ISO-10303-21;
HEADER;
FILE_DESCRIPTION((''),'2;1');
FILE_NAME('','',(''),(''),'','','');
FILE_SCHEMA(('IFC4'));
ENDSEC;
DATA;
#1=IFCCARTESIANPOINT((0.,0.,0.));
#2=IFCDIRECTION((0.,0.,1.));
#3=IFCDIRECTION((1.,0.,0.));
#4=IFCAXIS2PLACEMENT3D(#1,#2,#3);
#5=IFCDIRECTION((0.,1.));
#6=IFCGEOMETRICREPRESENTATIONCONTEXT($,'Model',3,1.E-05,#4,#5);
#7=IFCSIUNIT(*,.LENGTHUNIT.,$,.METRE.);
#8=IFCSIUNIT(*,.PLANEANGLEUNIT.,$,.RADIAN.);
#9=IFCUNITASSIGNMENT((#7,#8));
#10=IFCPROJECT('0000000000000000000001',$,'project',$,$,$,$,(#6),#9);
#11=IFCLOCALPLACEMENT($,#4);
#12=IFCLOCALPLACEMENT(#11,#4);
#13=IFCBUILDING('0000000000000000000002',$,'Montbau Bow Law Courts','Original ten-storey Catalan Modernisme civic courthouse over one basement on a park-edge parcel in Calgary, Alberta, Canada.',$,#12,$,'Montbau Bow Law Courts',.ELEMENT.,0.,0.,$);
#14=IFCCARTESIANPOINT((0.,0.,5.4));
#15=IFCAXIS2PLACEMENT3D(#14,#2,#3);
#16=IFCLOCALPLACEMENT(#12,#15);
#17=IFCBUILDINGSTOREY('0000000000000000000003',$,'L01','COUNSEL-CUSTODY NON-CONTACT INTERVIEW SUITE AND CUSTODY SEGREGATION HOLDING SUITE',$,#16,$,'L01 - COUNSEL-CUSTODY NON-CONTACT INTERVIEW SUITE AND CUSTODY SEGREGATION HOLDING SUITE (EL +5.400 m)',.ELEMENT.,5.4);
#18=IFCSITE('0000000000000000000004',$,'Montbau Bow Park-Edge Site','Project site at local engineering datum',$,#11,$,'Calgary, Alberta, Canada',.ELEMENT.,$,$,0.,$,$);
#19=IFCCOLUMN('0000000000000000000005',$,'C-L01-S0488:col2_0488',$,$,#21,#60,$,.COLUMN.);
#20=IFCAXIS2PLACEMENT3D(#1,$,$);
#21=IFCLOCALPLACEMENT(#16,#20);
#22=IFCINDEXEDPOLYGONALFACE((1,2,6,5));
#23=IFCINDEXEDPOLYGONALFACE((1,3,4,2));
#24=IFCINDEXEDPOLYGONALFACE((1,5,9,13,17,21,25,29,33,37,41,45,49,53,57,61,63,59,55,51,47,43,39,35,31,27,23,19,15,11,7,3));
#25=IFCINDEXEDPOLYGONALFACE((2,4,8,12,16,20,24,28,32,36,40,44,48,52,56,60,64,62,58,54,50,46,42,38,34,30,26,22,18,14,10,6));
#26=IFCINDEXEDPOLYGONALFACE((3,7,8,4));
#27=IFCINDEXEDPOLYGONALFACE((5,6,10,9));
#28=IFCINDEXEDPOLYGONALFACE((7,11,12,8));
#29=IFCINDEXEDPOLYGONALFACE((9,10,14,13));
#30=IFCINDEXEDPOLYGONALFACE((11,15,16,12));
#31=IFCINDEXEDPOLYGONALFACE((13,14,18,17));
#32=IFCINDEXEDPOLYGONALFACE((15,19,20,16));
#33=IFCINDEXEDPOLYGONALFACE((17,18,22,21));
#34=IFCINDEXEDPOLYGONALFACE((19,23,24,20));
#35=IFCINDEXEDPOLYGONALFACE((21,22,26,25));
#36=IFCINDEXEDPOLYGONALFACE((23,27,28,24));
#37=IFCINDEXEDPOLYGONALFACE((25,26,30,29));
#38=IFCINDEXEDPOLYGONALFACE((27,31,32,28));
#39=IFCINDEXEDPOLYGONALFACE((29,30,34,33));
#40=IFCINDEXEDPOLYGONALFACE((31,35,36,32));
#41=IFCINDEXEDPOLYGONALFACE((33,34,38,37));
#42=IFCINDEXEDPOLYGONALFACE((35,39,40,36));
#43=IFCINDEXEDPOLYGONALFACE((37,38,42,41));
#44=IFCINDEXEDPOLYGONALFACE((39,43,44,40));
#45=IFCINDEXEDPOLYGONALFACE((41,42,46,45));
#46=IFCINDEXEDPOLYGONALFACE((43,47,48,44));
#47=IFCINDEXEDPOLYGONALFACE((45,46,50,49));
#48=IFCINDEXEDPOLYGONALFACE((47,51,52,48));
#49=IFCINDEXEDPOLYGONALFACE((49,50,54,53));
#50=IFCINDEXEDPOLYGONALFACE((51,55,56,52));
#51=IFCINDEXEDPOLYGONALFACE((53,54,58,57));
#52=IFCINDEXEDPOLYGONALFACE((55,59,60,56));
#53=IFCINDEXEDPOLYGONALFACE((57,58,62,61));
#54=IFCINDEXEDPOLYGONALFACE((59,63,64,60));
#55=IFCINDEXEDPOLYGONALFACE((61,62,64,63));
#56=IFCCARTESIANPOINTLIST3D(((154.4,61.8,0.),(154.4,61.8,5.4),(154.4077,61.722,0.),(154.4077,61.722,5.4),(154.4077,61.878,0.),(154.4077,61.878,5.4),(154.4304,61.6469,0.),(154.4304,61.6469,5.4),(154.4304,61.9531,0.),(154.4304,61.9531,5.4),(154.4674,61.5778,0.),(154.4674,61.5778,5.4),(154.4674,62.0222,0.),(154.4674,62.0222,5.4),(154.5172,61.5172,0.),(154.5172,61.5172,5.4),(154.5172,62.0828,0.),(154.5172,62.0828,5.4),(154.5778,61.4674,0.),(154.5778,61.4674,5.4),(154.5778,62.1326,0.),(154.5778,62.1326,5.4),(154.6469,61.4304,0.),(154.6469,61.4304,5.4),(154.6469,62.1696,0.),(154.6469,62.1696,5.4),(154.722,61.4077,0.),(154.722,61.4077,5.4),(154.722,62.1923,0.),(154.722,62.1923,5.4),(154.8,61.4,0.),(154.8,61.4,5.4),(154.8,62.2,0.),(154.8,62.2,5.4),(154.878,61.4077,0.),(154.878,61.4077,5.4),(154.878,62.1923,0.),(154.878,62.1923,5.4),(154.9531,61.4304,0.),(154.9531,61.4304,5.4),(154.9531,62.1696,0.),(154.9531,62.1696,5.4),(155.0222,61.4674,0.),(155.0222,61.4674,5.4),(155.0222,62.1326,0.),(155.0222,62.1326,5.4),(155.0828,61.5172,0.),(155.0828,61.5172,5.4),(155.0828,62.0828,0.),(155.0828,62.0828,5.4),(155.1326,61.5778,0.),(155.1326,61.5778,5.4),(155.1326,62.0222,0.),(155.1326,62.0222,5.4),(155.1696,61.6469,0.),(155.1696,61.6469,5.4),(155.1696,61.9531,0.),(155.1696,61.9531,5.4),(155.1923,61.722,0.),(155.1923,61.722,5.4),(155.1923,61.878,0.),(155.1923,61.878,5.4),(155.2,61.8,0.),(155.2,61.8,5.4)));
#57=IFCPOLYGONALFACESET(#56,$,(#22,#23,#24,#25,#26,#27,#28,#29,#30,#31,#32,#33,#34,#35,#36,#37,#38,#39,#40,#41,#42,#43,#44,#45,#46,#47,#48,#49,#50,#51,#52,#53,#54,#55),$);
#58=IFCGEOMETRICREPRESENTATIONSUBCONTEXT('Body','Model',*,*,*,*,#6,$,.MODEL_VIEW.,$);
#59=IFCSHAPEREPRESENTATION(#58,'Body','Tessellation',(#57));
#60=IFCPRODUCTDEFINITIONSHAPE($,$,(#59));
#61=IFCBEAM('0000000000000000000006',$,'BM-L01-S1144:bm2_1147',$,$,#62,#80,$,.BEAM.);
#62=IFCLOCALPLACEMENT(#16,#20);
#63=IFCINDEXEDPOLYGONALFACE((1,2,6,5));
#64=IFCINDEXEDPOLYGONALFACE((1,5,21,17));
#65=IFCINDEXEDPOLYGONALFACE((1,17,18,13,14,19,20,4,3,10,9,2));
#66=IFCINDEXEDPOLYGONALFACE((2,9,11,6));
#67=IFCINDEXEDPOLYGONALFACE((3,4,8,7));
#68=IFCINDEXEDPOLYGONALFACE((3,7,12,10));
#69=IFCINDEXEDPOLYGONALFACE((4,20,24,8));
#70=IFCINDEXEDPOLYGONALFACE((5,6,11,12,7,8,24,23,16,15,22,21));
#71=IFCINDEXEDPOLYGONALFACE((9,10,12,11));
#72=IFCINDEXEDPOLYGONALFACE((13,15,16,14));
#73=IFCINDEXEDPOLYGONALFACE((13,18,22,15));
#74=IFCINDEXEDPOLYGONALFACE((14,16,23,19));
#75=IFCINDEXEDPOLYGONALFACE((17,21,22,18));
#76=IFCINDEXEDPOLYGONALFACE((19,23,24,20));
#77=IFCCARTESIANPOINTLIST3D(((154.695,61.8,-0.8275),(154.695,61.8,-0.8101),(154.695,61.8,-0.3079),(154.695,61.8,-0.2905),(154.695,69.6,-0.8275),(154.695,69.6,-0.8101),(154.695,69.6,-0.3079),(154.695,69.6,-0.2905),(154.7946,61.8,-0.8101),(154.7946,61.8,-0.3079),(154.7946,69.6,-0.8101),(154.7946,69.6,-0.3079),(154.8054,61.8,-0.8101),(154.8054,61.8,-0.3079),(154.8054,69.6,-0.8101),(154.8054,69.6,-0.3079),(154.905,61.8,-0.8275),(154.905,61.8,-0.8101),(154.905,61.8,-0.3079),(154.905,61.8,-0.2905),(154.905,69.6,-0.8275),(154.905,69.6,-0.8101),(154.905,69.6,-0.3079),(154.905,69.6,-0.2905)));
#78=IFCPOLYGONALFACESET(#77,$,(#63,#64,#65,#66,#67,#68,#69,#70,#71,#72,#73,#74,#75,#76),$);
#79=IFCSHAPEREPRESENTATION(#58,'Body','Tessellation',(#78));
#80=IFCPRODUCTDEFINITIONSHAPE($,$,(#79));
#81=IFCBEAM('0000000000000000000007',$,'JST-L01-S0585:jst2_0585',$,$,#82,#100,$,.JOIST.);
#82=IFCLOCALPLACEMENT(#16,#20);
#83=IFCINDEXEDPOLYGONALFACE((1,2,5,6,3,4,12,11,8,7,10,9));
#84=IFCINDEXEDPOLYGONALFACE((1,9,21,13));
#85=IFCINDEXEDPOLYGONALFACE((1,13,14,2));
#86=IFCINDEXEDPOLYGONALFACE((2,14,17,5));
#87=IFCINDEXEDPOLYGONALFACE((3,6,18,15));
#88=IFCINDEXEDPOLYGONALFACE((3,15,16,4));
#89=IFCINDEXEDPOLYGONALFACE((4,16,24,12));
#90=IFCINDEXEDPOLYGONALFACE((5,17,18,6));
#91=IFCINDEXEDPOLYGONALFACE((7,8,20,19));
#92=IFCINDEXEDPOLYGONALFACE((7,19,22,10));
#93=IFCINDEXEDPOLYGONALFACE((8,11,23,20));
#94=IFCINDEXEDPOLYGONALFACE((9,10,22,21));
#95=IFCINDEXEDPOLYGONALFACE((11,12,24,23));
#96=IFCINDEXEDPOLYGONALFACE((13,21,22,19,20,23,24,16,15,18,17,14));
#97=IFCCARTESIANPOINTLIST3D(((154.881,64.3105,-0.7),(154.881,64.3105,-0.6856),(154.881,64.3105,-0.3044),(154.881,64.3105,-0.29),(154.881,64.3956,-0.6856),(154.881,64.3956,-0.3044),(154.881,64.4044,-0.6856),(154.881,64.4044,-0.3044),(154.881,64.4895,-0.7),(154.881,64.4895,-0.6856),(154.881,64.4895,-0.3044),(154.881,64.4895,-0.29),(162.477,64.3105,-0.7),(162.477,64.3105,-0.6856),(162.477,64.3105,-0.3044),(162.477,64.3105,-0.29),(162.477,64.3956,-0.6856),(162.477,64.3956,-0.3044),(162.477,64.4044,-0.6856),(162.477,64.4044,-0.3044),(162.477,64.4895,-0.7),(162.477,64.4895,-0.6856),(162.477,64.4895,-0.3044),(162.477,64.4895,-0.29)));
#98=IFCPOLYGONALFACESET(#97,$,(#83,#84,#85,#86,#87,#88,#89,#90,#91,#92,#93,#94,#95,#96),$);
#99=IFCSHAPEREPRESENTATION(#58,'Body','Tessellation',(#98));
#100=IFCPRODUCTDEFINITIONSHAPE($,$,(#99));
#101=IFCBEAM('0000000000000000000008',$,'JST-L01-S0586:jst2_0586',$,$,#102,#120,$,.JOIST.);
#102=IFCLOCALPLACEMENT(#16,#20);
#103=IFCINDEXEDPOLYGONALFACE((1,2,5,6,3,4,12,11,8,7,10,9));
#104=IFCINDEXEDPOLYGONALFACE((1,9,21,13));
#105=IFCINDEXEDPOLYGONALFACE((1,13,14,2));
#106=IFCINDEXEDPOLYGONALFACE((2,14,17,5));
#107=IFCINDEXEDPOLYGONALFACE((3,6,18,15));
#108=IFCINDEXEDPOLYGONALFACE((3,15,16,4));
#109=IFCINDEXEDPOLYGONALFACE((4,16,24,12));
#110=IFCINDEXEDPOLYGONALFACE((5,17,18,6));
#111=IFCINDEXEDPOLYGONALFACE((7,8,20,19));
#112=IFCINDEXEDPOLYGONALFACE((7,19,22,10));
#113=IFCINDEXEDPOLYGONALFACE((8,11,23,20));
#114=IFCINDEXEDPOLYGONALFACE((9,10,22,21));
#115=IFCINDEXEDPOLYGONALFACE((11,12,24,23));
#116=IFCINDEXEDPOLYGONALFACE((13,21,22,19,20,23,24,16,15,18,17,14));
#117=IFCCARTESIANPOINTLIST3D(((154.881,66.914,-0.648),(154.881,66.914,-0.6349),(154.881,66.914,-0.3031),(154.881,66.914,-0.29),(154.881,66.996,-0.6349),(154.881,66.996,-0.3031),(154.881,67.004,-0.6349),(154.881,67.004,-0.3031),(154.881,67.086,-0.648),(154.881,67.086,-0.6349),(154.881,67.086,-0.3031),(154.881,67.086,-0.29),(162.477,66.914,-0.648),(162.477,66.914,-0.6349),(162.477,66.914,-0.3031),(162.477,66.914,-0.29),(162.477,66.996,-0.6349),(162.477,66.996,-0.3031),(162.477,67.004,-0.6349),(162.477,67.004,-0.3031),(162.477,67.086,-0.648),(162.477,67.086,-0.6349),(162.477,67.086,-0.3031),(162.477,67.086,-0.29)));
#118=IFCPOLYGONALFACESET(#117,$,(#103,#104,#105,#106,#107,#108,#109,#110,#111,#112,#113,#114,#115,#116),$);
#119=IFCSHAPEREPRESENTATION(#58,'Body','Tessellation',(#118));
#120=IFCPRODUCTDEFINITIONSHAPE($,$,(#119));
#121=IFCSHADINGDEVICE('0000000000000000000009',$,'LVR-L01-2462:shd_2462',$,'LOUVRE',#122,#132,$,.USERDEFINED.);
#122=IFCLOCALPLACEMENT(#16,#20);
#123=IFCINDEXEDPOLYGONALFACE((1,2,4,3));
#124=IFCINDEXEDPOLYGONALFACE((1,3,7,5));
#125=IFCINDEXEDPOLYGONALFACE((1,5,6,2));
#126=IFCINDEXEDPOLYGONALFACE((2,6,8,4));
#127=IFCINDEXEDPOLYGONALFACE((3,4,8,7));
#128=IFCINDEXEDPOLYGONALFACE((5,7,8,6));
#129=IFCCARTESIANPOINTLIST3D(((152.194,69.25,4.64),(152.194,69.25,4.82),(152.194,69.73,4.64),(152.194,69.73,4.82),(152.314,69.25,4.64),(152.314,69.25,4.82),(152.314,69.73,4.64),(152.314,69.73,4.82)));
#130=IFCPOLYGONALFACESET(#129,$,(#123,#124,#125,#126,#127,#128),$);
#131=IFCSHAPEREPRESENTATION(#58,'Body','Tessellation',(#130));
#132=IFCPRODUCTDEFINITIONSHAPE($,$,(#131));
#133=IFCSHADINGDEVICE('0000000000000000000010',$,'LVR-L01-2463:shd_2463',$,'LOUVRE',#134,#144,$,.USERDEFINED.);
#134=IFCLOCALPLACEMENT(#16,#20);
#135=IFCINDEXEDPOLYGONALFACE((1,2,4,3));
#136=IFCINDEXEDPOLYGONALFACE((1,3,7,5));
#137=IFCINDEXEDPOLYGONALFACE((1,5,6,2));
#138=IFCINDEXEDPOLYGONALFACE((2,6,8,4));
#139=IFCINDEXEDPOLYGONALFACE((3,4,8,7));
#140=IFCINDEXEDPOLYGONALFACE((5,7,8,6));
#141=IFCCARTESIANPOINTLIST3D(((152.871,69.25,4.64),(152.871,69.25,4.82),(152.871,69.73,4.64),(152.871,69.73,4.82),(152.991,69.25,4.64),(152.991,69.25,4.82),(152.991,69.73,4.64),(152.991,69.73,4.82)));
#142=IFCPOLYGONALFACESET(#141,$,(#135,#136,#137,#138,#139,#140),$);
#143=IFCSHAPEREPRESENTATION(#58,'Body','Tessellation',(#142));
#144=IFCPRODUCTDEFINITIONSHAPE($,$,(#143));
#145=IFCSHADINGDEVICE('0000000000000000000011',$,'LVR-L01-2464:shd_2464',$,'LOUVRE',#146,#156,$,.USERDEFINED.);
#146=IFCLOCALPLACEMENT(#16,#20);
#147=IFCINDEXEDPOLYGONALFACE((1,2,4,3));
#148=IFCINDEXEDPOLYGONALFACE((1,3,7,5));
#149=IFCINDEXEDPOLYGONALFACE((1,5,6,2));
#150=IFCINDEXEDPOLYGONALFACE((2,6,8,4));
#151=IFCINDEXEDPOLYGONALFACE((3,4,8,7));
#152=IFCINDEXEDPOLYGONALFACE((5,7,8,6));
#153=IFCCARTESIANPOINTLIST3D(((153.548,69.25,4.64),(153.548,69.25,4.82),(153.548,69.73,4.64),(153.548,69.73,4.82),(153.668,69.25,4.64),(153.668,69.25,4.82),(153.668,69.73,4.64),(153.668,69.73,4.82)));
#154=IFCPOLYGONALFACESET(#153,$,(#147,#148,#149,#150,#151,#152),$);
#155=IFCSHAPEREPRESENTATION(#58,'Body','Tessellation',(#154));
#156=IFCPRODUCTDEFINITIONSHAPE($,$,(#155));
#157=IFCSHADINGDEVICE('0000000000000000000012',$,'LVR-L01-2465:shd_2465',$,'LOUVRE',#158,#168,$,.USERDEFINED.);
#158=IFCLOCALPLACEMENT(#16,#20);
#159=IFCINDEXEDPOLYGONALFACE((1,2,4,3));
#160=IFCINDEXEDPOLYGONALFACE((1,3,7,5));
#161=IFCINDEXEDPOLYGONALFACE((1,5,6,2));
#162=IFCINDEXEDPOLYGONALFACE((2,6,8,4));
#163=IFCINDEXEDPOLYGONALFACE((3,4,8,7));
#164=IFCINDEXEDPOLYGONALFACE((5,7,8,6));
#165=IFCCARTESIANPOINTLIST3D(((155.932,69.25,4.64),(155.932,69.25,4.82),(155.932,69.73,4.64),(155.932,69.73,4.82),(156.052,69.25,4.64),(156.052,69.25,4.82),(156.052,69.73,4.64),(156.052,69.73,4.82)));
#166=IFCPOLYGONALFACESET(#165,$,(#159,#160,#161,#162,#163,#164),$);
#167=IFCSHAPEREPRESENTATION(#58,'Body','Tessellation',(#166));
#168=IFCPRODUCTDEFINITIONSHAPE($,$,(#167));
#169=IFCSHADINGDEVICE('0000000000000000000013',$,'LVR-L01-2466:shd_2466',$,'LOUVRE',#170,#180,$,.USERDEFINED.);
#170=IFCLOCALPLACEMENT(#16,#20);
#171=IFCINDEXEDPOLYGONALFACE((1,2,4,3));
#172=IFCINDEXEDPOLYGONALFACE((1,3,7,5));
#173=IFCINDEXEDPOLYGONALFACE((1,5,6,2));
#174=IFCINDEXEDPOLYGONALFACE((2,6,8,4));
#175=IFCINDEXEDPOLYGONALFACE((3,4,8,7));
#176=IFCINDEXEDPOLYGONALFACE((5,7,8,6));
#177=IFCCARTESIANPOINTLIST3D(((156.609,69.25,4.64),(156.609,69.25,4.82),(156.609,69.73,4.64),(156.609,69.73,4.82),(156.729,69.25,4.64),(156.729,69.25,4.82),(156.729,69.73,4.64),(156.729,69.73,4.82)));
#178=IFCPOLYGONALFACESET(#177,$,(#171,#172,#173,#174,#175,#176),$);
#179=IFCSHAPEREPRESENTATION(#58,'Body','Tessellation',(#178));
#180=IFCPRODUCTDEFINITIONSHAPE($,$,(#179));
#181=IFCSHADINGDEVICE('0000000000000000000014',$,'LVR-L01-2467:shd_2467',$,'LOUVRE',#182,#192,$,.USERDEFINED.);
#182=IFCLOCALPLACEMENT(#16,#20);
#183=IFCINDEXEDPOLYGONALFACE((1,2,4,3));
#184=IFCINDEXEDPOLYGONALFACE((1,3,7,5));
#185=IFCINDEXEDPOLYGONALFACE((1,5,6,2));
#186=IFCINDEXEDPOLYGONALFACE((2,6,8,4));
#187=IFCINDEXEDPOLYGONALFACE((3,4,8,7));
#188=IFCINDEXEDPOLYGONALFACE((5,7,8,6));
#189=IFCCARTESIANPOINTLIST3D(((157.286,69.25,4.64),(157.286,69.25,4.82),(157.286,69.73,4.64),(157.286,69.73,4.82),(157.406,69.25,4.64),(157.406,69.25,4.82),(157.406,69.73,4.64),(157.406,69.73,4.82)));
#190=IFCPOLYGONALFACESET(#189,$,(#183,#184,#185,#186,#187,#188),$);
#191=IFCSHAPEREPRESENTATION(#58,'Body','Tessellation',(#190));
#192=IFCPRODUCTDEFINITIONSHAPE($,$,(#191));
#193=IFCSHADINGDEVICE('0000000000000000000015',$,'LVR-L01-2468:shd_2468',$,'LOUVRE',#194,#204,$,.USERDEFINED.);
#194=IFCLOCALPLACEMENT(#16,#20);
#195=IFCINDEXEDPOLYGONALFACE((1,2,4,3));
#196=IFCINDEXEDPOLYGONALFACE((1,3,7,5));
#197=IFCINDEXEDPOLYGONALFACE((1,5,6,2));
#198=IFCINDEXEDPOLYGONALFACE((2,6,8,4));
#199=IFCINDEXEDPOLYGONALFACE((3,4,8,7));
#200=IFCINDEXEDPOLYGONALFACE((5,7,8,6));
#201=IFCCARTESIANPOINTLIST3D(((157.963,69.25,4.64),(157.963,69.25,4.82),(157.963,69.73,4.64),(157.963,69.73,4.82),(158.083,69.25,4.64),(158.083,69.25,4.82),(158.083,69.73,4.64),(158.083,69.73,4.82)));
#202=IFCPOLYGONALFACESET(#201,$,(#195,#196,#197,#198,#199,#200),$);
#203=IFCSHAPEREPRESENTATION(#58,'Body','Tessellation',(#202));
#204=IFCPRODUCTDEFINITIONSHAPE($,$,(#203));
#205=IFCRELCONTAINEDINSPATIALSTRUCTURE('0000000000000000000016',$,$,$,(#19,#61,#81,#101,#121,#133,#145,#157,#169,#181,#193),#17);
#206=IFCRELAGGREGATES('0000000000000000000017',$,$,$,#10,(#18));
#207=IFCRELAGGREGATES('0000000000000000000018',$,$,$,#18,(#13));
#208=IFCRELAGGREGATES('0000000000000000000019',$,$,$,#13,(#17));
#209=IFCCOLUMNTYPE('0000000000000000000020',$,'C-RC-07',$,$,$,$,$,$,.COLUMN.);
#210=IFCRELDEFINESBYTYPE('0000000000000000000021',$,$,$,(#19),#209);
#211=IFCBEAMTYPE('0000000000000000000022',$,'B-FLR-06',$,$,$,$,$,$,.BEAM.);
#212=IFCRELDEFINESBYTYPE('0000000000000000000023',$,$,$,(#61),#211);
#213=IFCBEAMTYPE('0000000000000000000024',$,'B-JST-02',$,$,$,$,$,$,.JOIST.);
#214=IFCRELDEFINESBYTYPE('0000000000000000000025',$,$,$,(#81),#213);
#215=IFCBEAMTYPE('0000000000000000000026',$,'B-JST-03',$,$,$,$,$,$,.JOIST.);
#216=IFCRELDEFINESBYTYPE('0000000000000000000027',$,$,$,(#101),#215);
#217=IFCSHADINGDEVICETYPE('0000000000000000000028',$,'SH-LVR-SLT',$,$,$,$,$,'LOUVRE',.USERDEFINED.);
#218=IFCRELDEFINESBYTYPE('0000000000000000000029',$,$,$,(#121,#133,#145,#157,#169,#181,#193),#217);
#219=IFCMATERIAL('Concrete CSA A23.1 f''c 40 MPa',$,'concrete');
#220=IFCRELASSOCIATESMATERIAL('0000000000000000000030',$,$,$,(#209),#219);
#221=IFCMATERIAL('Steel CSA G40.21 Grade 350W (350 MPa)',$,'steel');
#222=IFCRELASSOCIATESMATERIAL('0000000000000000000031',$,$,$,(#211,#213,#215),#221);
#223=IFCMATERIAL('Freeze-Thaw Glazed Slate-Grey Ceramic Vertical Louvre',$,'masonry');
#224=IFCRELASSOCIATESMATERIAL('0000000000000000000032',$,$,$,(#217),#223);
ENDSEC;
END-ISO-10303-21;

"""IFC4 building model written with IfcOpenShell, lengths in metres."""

from ifc_helpers import new_model, si_unit, direction, frame, origin_with_axes, origin_2d_with_axis, place, context, subcontext, project, spatial, rectangle, circle, i_section, extrude, material, material_profile, profile_set, type_object, element, save


model = new_model("IFC4")

# Units and contexts
model_context = context("Model", 3, precision=1e-05, world=origin_with_axes(), true_north=direction((0.0, 1.0)))
body_context = subcontext(model_context, "Body", "Model", "MODEL_VIEW")
ifc_project = project(units=[si_unit("LENGTHUNIT", "METRE"), si_unit("PLANEANGLEUNIT", "RADIAN")], contexts=[model_context])

# Site, building, storey
site_placement = place(None, origin_with_axes())
site = spatial("IfcSite", under=ifc_project, at=site_placement, Name="Montbau Bow Park-Edge Site", Description="Project site at local engineering datum", LongName="Calgary, Alberta, Canada", CompositionType="ELEMENT", RefElevation=0.0)
building_placement = place(site_placement, origin_with_axes())
building = spatial("IfcBuilding", under=site, at=building_placement, Name="Montbau Bow Law Courts", Description="Original ten-storey Catalan Modernisme civic courthouse over one basement on a park-edge parcel in Calgary, Alberta, Canada.", LongName="Montbau Bow Law Courts", CompositionType="ELEMENT", ElevationOfRefHeight=0.0, ElevationOfTerrain=0.0)
storey_placement = place(building_placement, frame((0.0, 0.0, 5.4), z_axis=(0.0, 0.0, 1.0), x_axis=(1.0, 0.0, 0.0)))
storey = spatial("IfcBuildingStorey", under=building, at=storey_placement, Name="L01", Description="COUNSEL-CUSTODY NON-CONTACT INTERVIEW SUITE AND CUSTODY SEGREGATION HOLDING SUITE", LongName="L01 - COUNSEL-CUSTODY NON-CONTACT INTERVIEW SUITE AND CUSTODY SEGREGATION HOLDING SUITE (EL +5.400 m)", CompositionType="ELEMENT", Elevation=5.4)

# Column
ifc_material_1 = material(Name="Concrete CSA A23.1 f'c 40 MPa", Category="concrete")
ifc_material_profile_1 = material_profile(ifc_material_1, circle(Radius=0.4, at=origin_2d_with_axis()), Name="RC800D", Category="Main", Priority=0)
ifc_profile_set_1 = profile_set([ifc_material_profile_1], Name="Concrete CSA A23.1 f'c 40 MPa")
column_type = type_object("IfcColumnType", Name="C-RC-07", PredefinedType="COLUMN", material=ifc_profile_set_1)
column_placement = place(None, frame((154.8, 61.8, 5.4), z_axis=(0.0, 0.0, 1.0), x_axis=(1.0, 0.0, 0.0)))
element("IfcColumn", 1, at=column_placement, inside=storey, type_object=column_type, Name="C-L01-S0488:col2_0488", PredefinedType="COLUMN", context=body_context, shape_type="SweptSolid", body=[
    extrude(circle(Radius=0.4, at=origin_2d_with_axis()), origin_with_axes(), (0.0, 0.0, 1.0), 5.4),
])

# Beams
ifc_material_2 = material(Name="Steel CSA G40.21 Grade 350W (350 MPa)", Category="steel")
ifc_material_profile_2 = material_profile(ifc_material_2, i_section(OverallWidth=0.21, OverallDepth=0.537, WebThickness=0.0109, FlangeThickness=0.0174, at=origin_2d_with_axis()), Name="W530X101", Category="Main", Priority=0)
ifc_profile_set_2 = profile_set([ifc_material_profile_2], Name="Steel CSA G40.21 Grade 350W (350 MPa)")
beam_type_1 = type_object("IfcBeamType", Name="B-FLR-06", PredefinedType="BEAM", material=ifc_profile_set_2)
beam_1_placement = place(None, frame((154.8, 61.8, 4.841), z_axis=(0.0, 1.0, 0.0), x_axis=(-1.0, 0.0, 0.0)))
element("IfcBeam", 2, at=beam_1_placement, inside=storey, type_object=beam_type_1, Name="BM-L01-S1144:bm2_1147", PredefinedType="BEAM", context=body_context, shape_type="SweptSolid", body=[
    extrude(i_section(OverallWidth=0.21, OverallDepth=0.537, WebThickness=0.0109, FlangeThickness=0.0174, at=origin_2d_with_axis()), origin_with_axes(), (0.0, 0.0, 1.0), 7.8),
])
ifc_material_profile_3 = material_profile(ifc_material_2, i_section(OverallWidth=0.179, OverallDepth=0.41, WebThickness=0.0088, FlangeThickness=0.0144, at=origin_2d_with_axis()), Name="W410X67", Category="Main", Priority=0)
ifc_profile_set_3 = profile_set([ifc_material_profile_3], Name="Steel CSA G40.21 Grade 350W (350 MPa)")
beam_type_2 = type_object("IfcBeamType", Name="B-JST-02", PredefinedType="JOIST", material=ifc_profile_set_3)
beam_2_placement = place(None, frame((154.881, 64.4, 4.905), z_axis=(1.0, 0.0, 0.0), x_axis=(0.0, 1.0, 0.0)))
element("IfcBeam", 3, at=beam_2_placement, inside=storey, type_object=beam_type_2, Name="JST-L01-S0585:jst2_0585", PredefinedType="JOIST", context=body_context, shape_type="SweptSolid", body=[
    extrude(i_section(OverallWidth=0.179, OverallDepth=0.41, WebThickness=0.0088, FlangeThickness=0.0144, at=origin_2d_with_axis()), origin_with_axes(), (0.0, 0.0, 1.0), 7.596),
])
ifc_material_profile_4 = material_profile(ifc_material_2, i_section(OverallWidth=0.172, OverallDepth=0.358, WebThickness=0.0079, FlangeThickness=0.0131, at=origin_2d_with_axis()), Name="W360X57", Category="Main", Priority=0)
ifc_profile_set_4 = profile_set([ifc_material_profile_4], Name="Steel CSA G40.21 Grade 350W (350 MPa)")
beam_type_3 = type_object("IfcBeamType", Name="B-JST-03", PredefinedType="JOIST", material=ifc_profile_set_4)
beam_3_placement = place(None, frame((154.881, 67.0, 4.931), z_axis=(1.0, 0.0, 0.0), x_axis=(0.0, 1.0, 0.0)))
element("IfcBeam", 4, at=beam_3_placement, inside=storey, type_object=beam_type_3, Name="JST-L01-S0586:jst2_0586", PredefinedType="JOIST", context=body_context, shape_type="SweptSolid", body=[
    extrude(i_section(OverallWidth=0.172, OverallDepth=0.358, WebThickness=0.0079, FlangeThickness=0.0131, at=origin_2d_with_axis()), origin_with_axes(), (0.0, 0.0, 1.0), 7.596),
])

# Shading devices
ifc_material_3 = material(Name="Freeze-Thaw Glazed Slate-Grey Ceramic Vertical Louvre", Category="masonry")
shading_device_type = type_object("IfcShadingDeviceType", Name="SH-LVR-SLT", ElementType="LOUVRE", PredefinedType="USERDEFINED", material=ifc_material_3)
for number, where, z_axis, x_axis, name in (
    (5, (152.254, 69.49, 10.04), (0.0, 0.0, 1.0), (0.0, -1.0, 0.0), "LVR-L01-2462:shd_2462"),
    (6, (152.931, 69.49, 10.04), (0.0, 0.0, 1.0), (0.0, -1.0, 0.0), "LVR-L01-2463:shd_2463"),
    (7, (153.608, 69.49, 10.04), (0.0, 0.0, 1.0), (0.0, -1.0, 0.0), "LVR-L01-2464:shd_2464"),
    (8, (155.992, 69.49, 10.04), (0.0, 0.0, 1.0), (0.0, -1.0, 0.0), "LVR-L01-2465:shd_2465"),
    (9, (156.669, 69.49, 10.04), (0.0, 0.0, 1.0), (0.0, -1.0, 0.0), "LVR-L01-2466:shd_2466"),
    (10, (157.346, 69.49, 10.04), (0.0, 0.0, 1.0), (0.0, -1.0, 0.0), "LVR-L01-2467:shd_2467"),
    (11, (158.023, 69.49, 10.04), (0.0, 0.0, 1.0), (0.0, -1.0, 0.0), "LVR-L01-2468:shd_2468"),
):
    element("IfcShadingDevice", number, at=place(None, frame(where, z_axis=z_axis, x_axis=x_axis)), inside=storey, type_object=shading_device_type, Name=name, ObjectType="LOUVRE", PredefinedType="USERDEFINED", context=body_context, shape_type="SweptSolid", body=[
        extrude(rectangle(XDim=0.48, YDim=0.12, at=origin_2d_with_axis()), origin_with_axes(), (0.0, 0.0, 1.0), 0.18),
    ])

save(model, "model.ifc")
